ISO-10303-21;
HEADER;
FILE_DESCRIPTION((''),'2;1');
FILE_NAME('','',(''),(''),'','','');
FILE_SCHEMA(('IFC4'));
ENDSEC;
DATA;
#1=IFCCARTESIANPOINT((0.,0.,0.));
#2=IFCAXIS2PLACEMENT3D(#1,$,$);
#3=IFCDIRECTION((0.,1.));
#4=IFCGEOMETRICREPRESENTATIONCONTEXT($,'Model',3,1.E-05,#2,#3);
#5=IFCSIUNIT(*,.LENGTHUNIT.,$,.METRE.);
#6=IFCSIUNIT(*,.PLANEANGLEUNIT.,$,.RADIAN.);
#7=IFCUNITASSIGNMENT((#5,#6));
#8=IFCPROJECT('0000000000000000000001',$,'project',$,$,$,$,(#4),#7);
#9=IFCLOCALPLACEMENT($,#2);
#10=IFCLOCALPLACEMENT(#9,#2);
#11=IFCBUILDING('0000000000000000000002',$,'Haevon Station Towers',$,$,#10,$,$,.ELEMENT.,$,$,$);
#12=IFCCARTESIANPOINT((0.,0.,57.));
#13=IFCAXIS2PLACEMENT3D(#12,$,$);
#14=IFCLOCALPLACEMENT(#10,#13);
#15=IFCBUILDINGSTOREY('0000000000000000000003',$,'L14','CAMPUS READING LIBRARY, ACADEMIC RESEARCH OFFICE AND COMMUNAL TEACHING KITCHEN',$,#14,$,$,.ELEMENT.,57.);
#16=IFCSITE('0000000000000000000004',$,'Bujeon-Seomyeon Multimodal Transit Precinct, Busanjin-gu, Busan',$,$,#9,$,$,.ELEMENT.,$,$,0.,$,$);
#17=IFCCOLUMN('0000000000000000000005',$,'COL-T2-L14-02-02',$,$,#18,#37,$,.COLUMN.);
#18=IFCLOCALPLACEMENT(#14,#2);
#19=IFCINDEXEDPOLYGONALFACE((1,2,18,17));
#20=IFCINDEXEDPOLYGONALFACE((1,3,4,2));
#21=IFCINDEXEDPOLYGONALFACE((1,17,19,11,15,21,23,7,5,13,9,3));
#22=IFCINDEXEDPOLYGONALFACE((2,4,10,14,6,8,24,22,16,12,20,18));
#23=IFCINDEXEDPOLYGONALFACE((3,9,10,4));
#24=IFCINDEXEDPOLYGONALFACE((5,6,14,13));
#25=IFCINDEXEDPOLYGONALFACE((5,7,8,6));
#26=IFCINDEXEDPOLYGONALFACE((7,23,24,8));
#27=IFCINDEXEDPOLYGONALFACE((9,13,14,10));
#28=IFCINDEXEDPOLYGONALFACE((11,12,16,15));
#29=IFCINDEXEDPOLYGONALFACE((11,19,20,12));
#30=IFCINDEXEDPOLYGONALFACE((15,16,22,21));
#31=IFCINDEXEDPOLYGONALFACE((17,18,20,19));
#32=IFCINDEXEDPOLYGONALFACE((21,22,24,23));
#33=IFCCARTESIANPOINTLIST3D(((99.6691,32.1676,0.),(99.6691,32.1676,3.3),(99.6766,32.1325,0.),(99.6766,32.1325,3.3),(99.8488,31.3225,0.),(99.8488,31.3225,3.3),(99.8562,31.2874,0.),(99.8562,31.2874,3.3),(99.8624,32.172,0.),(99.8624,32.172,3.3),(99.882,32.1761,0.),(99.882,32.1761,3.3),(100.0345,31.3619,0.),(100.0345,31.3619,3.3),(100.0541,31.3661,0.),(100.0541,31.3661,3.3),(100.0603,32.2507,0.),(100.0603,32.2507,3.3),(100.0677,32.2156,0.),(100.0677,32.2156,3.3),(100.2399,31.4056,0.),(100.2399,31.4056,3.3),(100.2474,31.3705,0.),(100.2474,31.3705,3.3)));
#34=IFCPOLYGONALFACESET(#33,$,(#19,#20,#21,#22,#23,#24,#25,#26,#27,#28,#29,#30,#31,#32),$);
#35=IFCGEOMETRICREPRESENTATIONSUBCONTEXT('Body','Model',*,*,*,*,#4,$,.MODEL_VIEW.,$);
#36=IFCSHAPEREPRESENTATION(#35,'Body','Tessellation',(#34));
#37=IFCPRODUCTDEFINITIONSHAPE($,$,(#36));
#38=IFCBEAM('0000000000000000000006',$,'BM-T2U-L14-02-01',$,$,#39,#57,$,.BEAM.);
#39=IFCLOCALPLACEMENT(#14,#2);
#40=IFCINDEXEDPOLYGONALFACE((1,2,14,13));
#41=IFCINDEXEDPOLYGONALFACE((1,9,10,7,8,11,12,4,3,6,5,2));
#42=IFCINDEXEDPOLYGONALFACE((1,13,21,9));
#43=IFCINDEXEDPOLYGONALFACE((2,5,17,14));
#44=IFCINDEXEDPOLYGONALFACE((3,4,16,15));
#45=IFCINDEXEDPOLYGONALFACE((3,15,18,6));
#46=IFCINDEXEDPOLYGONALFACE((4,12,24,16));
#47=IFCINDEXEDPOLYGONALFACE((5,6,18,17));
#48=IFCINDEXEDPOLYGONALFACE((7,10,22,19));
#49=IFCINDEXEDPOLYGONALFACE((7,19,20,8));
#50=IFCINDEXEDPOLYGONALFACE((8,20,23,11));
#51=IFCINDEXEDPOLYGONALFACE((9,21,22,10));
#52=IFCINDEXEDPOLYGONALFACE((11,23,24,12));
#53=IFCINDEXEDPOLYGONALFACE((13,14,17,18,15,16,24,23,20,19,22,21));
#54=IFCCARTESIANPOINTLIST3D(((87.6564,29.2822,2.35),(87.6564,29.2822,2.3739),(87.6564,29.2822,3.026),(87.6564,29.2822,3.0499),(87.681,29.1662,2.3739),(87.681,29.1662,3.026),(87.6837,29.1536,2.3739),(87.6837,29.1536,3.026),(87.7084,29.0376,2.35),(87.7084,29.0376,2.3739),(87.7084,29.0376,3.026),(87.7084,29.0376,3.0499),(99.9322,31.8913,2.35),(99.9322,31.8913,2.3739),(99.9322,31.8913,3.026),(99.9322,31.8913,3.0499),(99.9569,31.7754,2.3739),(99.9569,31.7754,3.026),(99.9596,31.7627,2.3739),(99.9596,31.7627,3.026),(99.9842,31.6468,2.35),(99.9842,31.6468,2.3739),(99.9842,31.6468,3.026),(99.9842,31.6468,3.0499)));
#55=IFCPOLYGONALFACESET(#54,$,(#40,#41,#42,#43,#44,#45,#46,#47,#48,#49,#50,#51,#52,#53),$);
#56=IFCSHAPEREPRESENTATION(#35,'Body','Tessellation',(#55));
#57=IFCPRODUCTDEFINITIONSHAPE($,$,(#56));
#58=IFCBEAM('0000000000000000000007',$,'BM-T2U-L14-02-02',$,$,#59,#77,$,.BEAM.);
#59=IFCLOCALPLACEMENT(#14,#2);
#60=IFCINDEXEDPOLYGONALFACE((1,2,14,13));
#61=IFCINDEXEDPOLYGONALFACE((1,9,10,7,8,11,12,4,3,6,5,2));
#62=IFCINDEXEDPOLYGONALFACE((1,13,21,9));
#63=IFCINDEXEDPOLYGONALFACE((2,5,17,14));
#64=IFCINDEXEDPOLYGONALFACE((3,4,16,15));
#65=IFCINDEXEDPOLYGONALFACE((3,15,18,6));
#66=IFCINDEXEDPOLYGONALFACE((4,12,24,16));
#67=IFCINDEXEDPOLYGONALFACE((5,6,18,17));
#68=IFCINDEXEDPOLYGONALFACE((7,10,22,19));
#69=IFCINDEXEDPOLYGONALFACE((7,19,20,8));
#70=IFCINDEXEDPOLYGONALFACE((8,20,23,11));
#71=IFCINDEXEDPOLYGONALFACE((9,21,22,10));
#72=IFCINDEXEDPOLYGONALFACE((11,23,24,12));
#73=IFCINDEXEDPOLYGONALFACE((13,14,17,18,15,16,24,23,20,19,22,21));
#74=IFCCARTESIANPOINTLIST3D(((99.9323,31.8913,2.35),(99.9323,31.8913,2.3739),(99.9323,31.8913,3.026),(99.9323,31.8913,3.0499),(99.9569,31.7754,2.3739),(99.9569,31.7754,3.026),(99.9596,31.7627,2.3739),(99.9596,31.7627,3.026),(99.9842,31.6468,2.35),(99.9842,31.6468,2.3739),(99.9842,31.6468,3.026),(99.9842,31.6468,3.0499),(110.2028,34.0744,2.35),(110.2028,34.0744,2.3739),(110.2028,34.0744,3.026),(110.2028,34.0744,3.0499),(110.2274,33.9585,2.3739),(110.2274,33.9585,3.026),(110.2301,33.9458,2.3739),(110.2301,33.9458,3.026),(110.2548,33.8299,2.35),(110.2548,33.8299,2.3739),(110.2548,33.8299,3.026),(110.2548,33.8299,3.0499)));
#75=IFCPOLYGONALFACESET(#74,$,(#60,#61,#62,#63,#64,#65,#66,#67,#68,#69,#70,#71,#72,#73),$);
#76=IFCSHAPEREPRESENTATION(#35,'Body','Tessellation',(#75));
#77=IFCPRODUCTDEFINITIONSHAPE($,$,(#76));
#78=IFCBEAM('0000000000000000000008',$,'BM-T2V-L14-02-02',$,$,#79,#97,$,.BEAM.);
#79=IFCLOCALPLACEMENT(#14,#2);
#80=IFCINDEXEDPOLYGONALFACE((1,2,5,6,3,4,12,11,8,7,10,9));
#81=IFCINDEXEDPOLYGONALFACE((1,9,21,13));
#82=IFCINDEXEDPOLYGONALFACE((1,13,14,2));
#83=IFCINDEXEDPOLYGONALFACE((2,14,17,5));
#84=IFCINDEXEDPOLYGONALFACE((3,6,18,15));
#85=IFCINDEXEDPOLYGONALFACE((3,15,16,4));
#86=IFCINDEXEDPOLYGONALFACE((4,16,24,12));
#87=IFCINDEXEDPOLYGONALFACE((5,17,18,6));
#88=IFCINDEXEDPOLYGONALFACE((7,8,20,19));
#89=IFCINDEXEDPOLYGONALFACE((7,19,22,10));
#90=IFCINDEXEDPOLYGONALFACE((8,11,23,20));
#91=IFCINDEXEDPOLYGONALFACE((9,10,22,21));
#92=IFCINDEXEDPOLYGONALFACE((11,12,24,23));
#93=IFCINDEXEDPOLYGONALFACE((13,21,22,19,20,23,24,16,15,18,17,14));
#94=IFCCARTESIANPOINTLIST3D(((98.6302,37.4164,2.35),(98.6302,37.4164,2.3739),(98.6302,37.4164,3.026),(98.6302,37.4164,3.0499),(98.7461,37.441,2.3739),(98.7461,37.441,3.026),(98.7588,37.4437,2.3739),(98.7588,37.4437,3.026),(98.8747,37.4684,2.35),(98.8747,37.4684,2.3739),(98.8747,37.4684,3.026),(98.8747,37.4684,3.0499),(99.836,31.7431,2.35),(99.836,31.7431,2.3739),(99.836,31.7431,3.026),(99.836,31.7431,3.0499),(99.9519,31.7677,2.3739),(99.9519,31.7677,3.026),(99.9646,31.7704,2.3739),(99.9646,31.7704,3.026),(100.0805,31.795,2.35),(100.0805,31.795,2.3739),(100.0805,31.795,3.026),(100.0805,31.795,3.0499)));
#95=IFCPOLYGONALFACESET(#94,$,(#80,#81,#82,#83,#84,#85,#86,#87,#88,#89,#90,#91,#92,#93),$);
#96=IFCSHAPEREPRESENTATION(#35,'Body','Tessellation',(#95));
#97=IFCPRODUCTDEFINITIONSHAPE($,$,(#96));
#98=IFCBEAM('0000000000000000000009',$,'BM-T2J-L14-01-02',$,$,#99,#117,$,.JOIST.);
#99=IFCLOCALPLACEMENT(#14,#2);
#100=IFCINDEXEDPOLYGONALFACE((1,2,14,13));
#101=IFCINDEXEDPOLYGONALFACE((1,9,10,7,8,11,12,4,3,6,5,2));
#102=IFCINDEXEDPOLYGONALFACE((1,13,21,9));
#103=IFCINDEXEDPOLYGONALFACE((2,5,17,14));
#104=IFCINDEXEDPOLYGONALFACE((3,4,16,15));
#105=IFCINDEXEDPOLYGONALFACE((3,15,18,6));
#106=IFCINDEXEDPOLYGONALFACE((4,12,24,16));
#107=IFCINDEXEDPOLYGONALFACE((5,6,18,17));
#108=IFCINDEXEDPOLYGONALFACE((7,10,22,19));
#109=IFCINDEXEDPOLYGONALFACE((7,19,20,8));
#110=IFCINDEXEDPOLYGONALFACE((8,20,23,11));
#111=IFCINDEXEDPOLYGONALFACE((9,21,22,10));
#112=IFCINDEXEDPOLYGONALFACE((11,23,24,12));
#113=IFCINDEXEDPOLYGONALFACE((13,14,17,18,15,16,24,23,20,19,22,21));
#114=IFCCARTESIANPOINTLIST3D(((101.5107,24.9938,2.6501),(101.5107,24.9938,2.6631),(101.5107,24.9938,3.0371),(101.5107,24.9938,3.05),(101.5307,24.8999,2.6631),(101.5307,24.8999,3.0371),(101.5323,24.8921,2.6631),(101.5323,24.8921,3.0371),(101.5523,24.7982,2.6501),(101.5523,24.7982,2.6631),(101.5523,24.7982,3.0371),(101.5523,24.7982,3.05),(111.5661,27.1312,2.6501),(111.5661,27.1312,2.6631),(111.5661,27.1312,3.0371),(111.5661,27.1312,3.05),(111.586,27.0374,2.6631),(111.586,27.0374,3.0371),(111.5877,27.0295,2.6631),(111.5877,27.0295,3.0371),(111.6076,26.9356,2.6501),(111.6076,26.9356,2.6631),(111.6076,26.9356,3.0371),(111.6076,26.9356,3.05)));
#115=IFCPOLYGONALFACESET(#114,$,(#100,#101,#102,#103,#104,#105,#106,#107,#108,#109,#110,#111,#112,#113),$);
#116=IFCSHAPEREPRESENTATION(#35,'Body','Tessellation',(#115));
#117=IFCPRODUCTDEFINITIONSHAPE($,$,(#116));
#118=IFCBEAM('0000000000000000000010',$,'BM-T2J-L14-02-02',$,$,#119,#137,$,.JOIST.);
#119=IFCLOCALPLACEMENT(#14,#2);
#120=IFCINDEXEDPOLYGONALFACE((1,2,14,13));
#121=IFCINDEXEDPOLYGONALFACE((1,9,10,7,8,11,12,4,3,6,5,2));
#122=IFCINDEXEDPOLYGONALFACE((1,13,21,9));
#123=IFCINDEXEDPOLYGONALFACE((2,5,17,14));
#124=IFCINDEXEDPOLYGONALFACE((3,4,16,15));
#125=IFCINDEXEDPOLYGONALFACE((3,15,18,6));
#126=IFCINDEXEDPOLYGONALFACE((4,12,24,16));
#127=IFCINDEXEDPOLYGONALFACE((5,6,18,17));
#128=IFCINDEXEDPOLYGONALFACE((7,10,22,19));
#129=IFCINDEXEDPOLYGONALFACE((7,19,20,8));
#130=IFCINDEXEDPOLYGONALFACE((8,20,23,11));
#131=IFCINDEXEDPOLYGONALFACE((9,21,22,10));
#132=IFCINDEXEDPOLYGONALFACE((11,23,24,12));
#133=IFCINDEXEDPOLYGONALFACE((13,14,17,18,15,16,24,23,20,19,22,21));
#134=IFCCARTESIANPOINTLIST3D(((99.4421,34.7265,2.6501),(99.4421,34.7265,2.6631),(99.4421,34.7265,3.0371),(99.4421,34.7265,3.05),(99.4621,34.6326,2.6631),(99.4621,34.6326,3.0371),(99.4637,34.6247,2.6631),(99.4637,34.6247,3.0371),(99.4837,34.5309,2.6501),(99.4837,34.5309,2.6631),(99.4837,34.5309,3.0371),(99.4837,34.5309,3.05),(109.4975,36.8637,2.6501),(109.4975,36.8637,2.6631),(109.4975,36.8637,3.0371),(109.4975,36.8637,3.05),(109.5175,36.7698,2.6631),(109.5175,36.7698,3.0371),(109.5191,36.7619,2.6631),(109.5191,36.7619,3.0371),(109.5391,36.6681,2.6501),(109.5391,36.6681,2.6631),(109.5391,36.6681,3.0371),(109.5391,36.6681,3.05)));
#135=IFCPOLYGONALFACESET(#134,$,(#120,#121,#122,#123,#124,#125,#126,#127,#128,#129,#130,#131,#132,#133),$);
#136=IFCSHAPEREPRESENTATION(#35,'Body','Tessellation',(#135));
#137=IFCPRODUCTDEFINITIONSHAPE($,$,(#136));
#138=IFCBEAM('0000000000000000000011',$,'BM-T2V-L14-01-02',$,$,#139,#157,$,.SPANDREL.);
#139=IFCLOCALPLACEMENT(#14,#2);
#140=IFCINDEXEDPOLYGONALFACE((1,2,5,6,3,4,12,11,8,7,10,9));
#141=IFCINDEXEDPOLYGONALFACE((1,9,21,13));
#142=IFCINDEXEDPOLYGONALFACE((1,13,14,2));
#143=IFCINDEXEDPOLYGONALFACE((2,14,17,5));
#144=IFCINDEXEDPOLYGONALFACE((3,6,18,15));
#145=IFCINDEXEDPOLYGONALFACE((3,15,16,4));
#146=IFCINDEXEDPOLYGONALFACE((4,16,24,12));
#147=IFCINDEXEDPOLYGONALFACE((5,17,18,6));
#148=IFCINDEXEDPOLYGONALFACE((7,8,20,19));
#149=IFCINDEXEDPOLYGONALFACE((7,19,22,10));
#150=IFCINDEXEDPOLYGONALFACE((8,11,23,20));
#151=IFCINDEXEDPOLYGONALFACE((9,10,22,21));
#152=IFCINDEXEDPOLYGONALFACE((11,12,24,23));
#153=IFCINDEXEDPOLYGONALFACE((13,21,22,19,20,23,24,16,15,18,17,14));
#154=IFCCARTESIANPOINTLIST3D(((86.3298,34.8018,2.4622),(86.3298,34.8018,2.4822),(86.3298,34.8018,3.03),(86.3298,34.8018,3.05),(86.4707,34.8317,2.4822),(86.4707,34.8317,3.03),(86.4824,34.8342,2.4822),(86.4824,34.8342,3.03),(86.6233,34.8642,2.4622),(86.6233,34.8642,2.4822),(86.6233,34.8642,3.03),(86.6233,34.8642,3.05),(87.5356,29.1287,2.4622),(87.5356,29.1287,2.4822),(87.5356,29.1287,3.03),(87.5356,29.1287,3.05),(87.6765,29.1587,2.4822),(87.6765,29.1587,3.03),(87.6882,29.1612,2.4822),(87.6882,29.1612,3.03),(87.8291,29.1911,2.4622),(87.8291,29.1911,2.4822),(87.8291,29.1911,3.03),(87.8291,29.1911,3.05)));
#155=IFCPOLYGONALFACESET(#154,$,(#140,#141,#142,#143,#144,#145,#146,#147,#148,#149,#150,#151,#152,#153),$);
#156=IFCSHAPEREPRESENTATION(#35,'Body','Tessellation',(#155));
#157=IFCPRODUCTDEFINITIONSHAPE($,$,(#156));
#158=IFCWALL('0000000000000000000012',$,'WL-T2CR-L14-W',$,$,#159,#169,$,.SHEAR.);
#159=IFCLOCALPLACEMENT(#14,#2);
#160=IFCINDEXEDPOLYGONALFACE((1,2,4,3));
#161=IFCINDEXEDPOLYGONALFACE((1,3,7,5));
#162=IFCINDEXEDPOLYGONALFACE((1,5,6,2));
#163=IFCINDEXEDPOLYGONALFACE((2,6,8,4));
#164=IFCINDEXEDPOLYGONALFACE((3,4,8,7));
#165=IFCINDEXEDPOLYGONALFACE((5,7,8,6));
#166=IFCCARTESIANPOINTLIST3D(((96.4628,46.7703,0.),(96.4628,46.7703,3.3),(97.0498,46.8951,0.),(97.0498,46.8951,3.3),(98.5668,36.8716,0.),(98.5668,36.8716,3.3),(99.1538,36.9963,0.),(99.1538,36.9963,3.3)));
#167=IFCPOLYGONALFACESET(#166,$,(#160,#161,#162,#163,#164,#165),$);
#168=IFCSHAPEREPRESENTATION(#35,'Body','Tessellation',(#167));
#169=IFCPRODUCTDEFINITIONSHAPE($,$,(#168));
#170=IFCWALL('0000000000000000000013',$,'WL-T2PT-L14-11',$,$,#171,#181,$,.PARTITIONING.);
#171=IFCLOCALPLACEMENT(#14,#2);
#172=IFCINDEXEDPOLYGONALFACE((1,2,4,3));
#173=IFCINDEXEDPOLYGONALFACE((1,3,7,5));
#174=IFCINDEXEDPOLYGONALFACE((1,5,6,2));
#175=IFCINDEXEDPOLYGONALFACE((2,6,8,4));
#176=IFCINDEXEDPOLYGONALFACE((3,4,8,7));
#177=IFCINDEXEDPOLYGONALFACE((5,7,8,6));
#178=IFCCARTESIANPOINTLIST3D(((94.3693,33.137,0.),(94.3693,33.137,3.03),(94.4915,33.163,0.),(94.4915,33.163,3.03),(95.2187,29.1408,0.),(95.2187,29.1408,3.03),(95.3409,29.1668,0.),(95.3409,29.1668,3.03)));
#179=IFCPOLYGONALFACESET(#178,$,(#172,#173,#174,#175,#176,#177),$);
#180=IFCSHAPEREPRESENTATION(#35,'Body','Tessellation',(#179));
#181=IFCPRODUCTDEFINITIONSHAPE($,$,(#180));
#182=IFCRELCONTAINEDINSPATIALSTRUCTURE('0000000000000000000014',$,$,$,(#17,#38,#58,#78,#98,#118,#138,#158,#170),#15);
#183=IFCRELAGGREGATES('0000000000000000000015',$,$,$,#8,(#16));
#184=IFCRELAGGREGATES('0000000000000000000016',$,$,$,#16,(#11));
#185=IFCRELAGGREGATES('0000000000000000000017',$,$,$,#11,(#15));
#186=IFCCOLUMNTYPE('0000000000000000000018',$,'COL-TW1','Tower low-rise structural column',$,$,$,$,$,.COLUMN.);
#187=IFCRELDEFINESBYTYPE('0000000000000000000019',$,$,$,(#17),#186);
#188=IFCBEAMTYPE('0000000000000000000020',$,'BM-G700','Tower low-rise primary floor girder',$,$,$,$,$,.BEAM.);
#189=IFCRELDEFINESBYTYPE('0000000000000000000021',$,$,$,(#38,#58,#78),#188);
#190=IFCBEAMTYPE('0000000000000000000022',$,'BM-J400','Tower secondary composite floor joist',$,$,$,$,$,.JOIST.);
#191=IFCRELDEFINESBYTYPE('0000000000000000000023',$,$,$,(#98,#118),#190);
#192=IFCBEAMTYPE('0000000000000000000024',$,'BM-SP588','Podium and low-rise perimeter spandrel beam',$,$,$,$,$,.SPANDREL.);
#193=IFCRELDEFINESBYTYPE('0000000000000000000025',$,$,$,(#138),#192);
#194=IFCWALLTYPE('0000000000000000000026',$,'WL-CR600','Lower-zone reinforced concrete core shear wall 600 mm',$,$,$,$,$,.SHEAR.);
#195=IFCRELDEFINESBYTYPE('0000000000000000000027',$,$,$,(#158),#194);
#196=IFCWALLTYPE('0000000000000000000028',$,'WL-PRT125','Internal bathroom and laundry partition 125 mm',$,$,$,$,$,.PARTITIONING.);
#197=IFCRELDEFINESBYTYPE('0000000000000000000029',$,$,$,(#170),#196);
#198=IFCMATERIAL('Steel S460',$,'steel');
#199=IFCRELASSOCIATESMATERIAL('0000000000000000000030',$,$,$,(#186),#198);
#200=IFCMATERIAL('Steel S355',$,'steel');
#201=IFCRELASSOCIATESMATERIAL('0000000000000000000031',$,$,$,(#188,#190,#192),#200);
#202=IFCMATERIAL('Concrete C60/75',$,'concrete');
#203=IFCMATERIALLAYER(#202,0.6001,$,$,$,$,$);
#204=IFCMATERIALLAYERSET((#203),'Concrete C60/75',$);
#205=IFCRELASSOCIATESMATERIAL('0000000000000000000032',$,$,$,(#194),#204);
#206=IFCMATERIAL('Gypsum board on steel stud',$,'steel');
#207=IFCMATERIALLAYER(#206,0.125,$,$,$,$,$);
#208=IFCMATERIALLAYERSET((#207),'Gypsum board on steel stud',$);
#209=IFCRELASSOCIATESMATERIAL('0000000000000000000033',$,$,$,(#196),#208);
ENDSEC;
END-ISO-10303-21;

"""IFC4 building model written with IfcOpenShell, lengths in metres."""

from ifc_helpers import new_model, si_unit, direction, frame, frame_2d, origin, origin_2d, place, context, subcontext, project, spatial, rectangle, i_section, extrude, material, layer, layer_set, material_profile, profile_set, type_object, element, save


model = new_model("IFC4")

# Units and contexts
model_context = context("Model", 3, precision=1e-05, world=origin(), true_north=direction((0.0, 1.0)))
body_context = subcontext(model_context, "Body", "Model", "MODEL_VIEW")
ifc_project = project(units=[si_unit("LENGTHUNIT", "METRE"), si_unit("PLANEANGLEUNIT", "RADIAN")], contexts=[model_context])

# Site, building, storey
site_placement = place(None, origin())
site = spatial("IfcSite", under=ifc_project, at=site_placement, Name="Bujeon-Seomyeon Multimodal Transit Precinct, Busanjin-gu, Busan", CompositionType="ELEMENT", RefElevation=0.0)
building_placement = place(site_placement, origin())
building = spatial("IfcBuilding", under=site, at=building_placement, Name="Haevon Station Towers", CompositionType="ELEMENT")
storey_placement = place(building_placement, frame((0.0, 0.0, 57.0)))
storey = spatial("IfcBuildingStorey", under=building, at=storey_placement, Name="L14", Description="CAMPUS READING LIBRARY, ACADEMIC RESEARCH OFFICE AND COMMUNAL TEACHING KITCHEN", CompositionType="ELEMENT", Elevation=57.0)

# Column
ifc_material_1 = material(Name="Steel S460", Category="steel")
ifc_material_profile_1 = material_profile(ifc_material_1, i_section(OverallWidth=0.3999, OverallDepth=0.8999, WebThickness=0.02, FlangeThickness=0.0359, at=origin_2d()), Name="H-900x400x20x36")
ifc_profile_set_1 = profile_set([ifc_material_profile_1], Name="Steel S460")
column_type = type_object("IfcColumnType", Name="COL-TW1", Description="Tower low-rise structural column", PredefinedType="COLUMN", material=ifc_profile_set_1)
column_placement = place(storey_placement, frame((99.9583, 31.769, 0.0), z_axis=(0.0, 0.0, 1.0), x_axis=(0.978148, 0.207912, 0.0)))
element("IfcColumn", 1, at=column_placement, inside=storey, type_object=column_type, Name="COL-T2-L14-02-02", PredefinedType="COLUMN", context=body_context, shape_type="SweptSolid", body=[
    extrude(i_section(OverallWidth=0.3999, OverallDepth=0.8999, WebThickness=0.02, FlangeThickness=0.0359, at=origin_2d()), origin(), (0.0, 0.0, 1.0), 3.3),
])

# Beams
ifc_material_2 = material(Name="Steel S355", Category="steel")
ifc_material_profile_2 = material_profile(ifc_material_2, i_section(OverallWidth=0.25, OverallDepth=0.7, WebThickness=0.0129, FlangeThickness=0.0239, at=origin_2d()), Name="H-700x250x13x24")
ifc_profile_set_2 = profile_set([ifc_material_profile_2], Name="Steel S355")
beam_type_1 = type_object("IfcBeamType", Name="BM-G700", Description="Tower low-rise primary floor girder", PredefinedType="BEAM", material=ifc_profile_set_2)
beam_1_placement = place(storey_placement, frame((87.6824, 29.1599, 2.7), z_axis=(0.978151, 0.207897, 0.0), x_axis=(-0.207897, 0.978151, 0.0)))
element("IfcBeam", 2, at=beam_1_placement, inside=storey, type_object=beam_type_1, Name="BM-T2U-L14-02-01", PredefinedType="BEAM", context=body_context, shape_type="SweptSolid", body=[
    extrude(i_section(OverallWidth=0.25, OverallDepth=0.7, WebThickness=0.0129, FlangeThickness=0.0239, at=origin_2d()), origin(), (0.0, 0.0, 1.0), 12.55),
])
beam_2_placement = place(storey_placement, frame((99.9583, 31.769, 2.7), z_axis=(0.978147, 0.207915, 0.0), x_axis=(-0.207915, 0.978147, 0.0)))
element("IfcBeam", 3, at=beam_2_placement, inside=storey, type_object=beam_type_1, Name="BM-T2U-L14-02-02", PredefinedType="BEAM", context=body_context, shape_type="SweptSolid", body=[
    extrude(i_section(OverallWidth=0.25, OverallDepth=0.7, WebThickness=0.0129, FlangeThickness=0.0239, at=origin_2d()), origin(), (0.0, 0.0, 1.0), 10.5),
])
beam_3_placement = place(storey_placement, frame((99.9583, 31.769, 2.7), z_axis=(-0.207896, 0.978151, 0.0), x_axis=(-0.978151, -0.207896, 0.0)))
element("IfcBeam", 4, at=beam_3_placement, inside=storey, type_object=beam_type_1, Name="BM-T2V-L14-02-02", PredefinedType="BEAM", context=body_context, shape_type="SweptSolid", body=[
    extrude(i_section(OverallWidth=0.25, OverallDepth=0.7, WebThickness=0.0129, FlangeThickness=0.0239, at=origin_2d()), origin(), (0.0, 0.0, 1.0), 5.8),
])
ifc_material_profile_3 = material_profile(ifc_material_2, i_section(OverallWidth=0.2, OverallDepth=0.3999, WebThickness=0.0081, FlangeThickness=0.0129, at=origin_2d()), Name="H-400x200x8x13")
ifc_profile_set_3 = profile_set([ifc_material_profile_3], Name="Steel S355")
beam_type_2 = type_object("IfcBeamType", Name="BM-J400", Description="Tower secondary composite floor joist", PredefinedType="JOIST", material=ifc_profile_set_3)
for number, where, z_axis, x_axis, name in (
    (5, (101.5315, 24.896, 2.8501), (0.978146, 0.207922, 0.0), (-0.207922, 0.978146, 0.0), "BM-T2J-L14-01-02"),
    (6, (99.4629, 34.6287, 2.8501), (0.97815, 0.207899, 0.0), (-0.207899, 0.97815, 0.0), "BM-T2J-L14-02-02"),
):
    element("IfcBeam", number, at=place(storey_placement, frame(where, z_axis=z_axis, x_axis=x_axis)), inside=storey, type_object=beam_type_2, Name=name, PredefinedType="JOIST", context=body_context, shape_type="SweptSolid", body=[
        extrude(i_section(OverallWidth=0.2, OverallDepth=0.3999, WebThickness=0.0081, FlangeThickness=0.0129, at=origin_2d()), origin(), (0.0, 0.0, 1.0), 10.28),
    ])
ifc_material_profile_4 = material_profile(ifc_material_2, i_section(OverallWidth=0.3, OverallDepth=0.5879, WebThickness=0.012, FlangeThickness=0.02, at=origin_2d()), Name="H-588x300x12x20")
ifc_profile_set_4 = profile_set([ifc_material_profile_4], Name="Steel S355")
beam_type_3 = type_object("IfcBeamType", Name="BM-SP588", Description="Podium and low-rise perimeter spandrel beam", PredefinedType="SPANDREL", material=ifc_profile_set_4)
beam_4_placement = place(storey_placement, frame((87.6824, 29.1599, 2.7561), z_axis=(-0.207905, 0.978149, 0.0), x_axis=(-0.978149, -0.207905, 0.0)))
element("IfcBeam", 7, at=beam_4_placement, inside=storey, type_object=beam_type_3, Name="BM-T2V-L14-01-02", PredefinedType="SPANDREL", context=body_context, shape_type="SweptSolid", body=[
    extrude(i_section(OverallWidth=0.3, OverallDepth=0.5879, WebThickness=0.012, FlangeThickness=0.02, at=origin_2d()), origin(), (0.0, 0.0, 1.0), 5.7998),
])

# Walls
ifc_material_3 = material(Name="Concrete C60/75", Category="concrete")
ifc_layer_1 = layer(ifc_material_3, 0.6001)
ifc_layer_set_1 = layer_set([ifc_layer_1], Name="Concrete C60/75")
wall_type_1 = type_object("IfcWallType", Name="WL-CR600", Description="Lower-zone reinforced concrete core shear wall 600 mm", PredefinedType="SHEAR", material=ifc_layer_set_1)
wall_1_placement = place(storey_placement, frame((98.8604, 36.9338, 0.0), z_axis=(0.0, 0.0, 1.0), x_axis=(-0.207909, 0.978148, 0.0)))
element("IfcWall", 8, at=wall_1_placement, inside=storey, type_object=wall_type_1, Name="WL-T2CR-L14-W", PredefinedType="SHEAR", context=body_context, shape_type="SweptSolid", body=[
    extrude(rectangle(XDim=10.1199, YDim=0.6001, at=frame_2d((5.0601, 0.0))), origin(), (0.0, 0.0, 1.0), 3.3),
])
ifc_material_4 = material(Name="Gypsum board on steel stud", Category="steel")
ifc_layer_2 = layer(ifc_material_4, 0.125)
ifc_layer_set_2 = layer_set([ifc_layer_2], Name="Gypsum board on steel stud")
wall_type_2 = type_object("IfcWallType", Name="WL-PRT125", Description="Internal bathroom and laundry partition 125 mm", PredefinedType="PARTITIONING", material=ifc_layer_set_2)
wall_2_placement = place(storey_placement, frame((95.2798, 29.1538, 0.0), z_axis=(0.0, 0.0, 1.0), x_axis=(-0.207904, 0.978149, 0.0)))
element("IfcWall", 9, at=wall_2_placement, inside=storey, type_object=wall_type_2, Name="WL-T2PT-L14-11", PredefinedType="PARTITIONING", context=body_context, shape_type="SweptSolid", body=[
    extrude(rectangle(XDim=4.0854, YDim=0.125, at=frame_2d((2.0427, 0.0))), origin(), (0.0, 0.0, 1.0), 3.03),
])

save(model, "model.ifc")
